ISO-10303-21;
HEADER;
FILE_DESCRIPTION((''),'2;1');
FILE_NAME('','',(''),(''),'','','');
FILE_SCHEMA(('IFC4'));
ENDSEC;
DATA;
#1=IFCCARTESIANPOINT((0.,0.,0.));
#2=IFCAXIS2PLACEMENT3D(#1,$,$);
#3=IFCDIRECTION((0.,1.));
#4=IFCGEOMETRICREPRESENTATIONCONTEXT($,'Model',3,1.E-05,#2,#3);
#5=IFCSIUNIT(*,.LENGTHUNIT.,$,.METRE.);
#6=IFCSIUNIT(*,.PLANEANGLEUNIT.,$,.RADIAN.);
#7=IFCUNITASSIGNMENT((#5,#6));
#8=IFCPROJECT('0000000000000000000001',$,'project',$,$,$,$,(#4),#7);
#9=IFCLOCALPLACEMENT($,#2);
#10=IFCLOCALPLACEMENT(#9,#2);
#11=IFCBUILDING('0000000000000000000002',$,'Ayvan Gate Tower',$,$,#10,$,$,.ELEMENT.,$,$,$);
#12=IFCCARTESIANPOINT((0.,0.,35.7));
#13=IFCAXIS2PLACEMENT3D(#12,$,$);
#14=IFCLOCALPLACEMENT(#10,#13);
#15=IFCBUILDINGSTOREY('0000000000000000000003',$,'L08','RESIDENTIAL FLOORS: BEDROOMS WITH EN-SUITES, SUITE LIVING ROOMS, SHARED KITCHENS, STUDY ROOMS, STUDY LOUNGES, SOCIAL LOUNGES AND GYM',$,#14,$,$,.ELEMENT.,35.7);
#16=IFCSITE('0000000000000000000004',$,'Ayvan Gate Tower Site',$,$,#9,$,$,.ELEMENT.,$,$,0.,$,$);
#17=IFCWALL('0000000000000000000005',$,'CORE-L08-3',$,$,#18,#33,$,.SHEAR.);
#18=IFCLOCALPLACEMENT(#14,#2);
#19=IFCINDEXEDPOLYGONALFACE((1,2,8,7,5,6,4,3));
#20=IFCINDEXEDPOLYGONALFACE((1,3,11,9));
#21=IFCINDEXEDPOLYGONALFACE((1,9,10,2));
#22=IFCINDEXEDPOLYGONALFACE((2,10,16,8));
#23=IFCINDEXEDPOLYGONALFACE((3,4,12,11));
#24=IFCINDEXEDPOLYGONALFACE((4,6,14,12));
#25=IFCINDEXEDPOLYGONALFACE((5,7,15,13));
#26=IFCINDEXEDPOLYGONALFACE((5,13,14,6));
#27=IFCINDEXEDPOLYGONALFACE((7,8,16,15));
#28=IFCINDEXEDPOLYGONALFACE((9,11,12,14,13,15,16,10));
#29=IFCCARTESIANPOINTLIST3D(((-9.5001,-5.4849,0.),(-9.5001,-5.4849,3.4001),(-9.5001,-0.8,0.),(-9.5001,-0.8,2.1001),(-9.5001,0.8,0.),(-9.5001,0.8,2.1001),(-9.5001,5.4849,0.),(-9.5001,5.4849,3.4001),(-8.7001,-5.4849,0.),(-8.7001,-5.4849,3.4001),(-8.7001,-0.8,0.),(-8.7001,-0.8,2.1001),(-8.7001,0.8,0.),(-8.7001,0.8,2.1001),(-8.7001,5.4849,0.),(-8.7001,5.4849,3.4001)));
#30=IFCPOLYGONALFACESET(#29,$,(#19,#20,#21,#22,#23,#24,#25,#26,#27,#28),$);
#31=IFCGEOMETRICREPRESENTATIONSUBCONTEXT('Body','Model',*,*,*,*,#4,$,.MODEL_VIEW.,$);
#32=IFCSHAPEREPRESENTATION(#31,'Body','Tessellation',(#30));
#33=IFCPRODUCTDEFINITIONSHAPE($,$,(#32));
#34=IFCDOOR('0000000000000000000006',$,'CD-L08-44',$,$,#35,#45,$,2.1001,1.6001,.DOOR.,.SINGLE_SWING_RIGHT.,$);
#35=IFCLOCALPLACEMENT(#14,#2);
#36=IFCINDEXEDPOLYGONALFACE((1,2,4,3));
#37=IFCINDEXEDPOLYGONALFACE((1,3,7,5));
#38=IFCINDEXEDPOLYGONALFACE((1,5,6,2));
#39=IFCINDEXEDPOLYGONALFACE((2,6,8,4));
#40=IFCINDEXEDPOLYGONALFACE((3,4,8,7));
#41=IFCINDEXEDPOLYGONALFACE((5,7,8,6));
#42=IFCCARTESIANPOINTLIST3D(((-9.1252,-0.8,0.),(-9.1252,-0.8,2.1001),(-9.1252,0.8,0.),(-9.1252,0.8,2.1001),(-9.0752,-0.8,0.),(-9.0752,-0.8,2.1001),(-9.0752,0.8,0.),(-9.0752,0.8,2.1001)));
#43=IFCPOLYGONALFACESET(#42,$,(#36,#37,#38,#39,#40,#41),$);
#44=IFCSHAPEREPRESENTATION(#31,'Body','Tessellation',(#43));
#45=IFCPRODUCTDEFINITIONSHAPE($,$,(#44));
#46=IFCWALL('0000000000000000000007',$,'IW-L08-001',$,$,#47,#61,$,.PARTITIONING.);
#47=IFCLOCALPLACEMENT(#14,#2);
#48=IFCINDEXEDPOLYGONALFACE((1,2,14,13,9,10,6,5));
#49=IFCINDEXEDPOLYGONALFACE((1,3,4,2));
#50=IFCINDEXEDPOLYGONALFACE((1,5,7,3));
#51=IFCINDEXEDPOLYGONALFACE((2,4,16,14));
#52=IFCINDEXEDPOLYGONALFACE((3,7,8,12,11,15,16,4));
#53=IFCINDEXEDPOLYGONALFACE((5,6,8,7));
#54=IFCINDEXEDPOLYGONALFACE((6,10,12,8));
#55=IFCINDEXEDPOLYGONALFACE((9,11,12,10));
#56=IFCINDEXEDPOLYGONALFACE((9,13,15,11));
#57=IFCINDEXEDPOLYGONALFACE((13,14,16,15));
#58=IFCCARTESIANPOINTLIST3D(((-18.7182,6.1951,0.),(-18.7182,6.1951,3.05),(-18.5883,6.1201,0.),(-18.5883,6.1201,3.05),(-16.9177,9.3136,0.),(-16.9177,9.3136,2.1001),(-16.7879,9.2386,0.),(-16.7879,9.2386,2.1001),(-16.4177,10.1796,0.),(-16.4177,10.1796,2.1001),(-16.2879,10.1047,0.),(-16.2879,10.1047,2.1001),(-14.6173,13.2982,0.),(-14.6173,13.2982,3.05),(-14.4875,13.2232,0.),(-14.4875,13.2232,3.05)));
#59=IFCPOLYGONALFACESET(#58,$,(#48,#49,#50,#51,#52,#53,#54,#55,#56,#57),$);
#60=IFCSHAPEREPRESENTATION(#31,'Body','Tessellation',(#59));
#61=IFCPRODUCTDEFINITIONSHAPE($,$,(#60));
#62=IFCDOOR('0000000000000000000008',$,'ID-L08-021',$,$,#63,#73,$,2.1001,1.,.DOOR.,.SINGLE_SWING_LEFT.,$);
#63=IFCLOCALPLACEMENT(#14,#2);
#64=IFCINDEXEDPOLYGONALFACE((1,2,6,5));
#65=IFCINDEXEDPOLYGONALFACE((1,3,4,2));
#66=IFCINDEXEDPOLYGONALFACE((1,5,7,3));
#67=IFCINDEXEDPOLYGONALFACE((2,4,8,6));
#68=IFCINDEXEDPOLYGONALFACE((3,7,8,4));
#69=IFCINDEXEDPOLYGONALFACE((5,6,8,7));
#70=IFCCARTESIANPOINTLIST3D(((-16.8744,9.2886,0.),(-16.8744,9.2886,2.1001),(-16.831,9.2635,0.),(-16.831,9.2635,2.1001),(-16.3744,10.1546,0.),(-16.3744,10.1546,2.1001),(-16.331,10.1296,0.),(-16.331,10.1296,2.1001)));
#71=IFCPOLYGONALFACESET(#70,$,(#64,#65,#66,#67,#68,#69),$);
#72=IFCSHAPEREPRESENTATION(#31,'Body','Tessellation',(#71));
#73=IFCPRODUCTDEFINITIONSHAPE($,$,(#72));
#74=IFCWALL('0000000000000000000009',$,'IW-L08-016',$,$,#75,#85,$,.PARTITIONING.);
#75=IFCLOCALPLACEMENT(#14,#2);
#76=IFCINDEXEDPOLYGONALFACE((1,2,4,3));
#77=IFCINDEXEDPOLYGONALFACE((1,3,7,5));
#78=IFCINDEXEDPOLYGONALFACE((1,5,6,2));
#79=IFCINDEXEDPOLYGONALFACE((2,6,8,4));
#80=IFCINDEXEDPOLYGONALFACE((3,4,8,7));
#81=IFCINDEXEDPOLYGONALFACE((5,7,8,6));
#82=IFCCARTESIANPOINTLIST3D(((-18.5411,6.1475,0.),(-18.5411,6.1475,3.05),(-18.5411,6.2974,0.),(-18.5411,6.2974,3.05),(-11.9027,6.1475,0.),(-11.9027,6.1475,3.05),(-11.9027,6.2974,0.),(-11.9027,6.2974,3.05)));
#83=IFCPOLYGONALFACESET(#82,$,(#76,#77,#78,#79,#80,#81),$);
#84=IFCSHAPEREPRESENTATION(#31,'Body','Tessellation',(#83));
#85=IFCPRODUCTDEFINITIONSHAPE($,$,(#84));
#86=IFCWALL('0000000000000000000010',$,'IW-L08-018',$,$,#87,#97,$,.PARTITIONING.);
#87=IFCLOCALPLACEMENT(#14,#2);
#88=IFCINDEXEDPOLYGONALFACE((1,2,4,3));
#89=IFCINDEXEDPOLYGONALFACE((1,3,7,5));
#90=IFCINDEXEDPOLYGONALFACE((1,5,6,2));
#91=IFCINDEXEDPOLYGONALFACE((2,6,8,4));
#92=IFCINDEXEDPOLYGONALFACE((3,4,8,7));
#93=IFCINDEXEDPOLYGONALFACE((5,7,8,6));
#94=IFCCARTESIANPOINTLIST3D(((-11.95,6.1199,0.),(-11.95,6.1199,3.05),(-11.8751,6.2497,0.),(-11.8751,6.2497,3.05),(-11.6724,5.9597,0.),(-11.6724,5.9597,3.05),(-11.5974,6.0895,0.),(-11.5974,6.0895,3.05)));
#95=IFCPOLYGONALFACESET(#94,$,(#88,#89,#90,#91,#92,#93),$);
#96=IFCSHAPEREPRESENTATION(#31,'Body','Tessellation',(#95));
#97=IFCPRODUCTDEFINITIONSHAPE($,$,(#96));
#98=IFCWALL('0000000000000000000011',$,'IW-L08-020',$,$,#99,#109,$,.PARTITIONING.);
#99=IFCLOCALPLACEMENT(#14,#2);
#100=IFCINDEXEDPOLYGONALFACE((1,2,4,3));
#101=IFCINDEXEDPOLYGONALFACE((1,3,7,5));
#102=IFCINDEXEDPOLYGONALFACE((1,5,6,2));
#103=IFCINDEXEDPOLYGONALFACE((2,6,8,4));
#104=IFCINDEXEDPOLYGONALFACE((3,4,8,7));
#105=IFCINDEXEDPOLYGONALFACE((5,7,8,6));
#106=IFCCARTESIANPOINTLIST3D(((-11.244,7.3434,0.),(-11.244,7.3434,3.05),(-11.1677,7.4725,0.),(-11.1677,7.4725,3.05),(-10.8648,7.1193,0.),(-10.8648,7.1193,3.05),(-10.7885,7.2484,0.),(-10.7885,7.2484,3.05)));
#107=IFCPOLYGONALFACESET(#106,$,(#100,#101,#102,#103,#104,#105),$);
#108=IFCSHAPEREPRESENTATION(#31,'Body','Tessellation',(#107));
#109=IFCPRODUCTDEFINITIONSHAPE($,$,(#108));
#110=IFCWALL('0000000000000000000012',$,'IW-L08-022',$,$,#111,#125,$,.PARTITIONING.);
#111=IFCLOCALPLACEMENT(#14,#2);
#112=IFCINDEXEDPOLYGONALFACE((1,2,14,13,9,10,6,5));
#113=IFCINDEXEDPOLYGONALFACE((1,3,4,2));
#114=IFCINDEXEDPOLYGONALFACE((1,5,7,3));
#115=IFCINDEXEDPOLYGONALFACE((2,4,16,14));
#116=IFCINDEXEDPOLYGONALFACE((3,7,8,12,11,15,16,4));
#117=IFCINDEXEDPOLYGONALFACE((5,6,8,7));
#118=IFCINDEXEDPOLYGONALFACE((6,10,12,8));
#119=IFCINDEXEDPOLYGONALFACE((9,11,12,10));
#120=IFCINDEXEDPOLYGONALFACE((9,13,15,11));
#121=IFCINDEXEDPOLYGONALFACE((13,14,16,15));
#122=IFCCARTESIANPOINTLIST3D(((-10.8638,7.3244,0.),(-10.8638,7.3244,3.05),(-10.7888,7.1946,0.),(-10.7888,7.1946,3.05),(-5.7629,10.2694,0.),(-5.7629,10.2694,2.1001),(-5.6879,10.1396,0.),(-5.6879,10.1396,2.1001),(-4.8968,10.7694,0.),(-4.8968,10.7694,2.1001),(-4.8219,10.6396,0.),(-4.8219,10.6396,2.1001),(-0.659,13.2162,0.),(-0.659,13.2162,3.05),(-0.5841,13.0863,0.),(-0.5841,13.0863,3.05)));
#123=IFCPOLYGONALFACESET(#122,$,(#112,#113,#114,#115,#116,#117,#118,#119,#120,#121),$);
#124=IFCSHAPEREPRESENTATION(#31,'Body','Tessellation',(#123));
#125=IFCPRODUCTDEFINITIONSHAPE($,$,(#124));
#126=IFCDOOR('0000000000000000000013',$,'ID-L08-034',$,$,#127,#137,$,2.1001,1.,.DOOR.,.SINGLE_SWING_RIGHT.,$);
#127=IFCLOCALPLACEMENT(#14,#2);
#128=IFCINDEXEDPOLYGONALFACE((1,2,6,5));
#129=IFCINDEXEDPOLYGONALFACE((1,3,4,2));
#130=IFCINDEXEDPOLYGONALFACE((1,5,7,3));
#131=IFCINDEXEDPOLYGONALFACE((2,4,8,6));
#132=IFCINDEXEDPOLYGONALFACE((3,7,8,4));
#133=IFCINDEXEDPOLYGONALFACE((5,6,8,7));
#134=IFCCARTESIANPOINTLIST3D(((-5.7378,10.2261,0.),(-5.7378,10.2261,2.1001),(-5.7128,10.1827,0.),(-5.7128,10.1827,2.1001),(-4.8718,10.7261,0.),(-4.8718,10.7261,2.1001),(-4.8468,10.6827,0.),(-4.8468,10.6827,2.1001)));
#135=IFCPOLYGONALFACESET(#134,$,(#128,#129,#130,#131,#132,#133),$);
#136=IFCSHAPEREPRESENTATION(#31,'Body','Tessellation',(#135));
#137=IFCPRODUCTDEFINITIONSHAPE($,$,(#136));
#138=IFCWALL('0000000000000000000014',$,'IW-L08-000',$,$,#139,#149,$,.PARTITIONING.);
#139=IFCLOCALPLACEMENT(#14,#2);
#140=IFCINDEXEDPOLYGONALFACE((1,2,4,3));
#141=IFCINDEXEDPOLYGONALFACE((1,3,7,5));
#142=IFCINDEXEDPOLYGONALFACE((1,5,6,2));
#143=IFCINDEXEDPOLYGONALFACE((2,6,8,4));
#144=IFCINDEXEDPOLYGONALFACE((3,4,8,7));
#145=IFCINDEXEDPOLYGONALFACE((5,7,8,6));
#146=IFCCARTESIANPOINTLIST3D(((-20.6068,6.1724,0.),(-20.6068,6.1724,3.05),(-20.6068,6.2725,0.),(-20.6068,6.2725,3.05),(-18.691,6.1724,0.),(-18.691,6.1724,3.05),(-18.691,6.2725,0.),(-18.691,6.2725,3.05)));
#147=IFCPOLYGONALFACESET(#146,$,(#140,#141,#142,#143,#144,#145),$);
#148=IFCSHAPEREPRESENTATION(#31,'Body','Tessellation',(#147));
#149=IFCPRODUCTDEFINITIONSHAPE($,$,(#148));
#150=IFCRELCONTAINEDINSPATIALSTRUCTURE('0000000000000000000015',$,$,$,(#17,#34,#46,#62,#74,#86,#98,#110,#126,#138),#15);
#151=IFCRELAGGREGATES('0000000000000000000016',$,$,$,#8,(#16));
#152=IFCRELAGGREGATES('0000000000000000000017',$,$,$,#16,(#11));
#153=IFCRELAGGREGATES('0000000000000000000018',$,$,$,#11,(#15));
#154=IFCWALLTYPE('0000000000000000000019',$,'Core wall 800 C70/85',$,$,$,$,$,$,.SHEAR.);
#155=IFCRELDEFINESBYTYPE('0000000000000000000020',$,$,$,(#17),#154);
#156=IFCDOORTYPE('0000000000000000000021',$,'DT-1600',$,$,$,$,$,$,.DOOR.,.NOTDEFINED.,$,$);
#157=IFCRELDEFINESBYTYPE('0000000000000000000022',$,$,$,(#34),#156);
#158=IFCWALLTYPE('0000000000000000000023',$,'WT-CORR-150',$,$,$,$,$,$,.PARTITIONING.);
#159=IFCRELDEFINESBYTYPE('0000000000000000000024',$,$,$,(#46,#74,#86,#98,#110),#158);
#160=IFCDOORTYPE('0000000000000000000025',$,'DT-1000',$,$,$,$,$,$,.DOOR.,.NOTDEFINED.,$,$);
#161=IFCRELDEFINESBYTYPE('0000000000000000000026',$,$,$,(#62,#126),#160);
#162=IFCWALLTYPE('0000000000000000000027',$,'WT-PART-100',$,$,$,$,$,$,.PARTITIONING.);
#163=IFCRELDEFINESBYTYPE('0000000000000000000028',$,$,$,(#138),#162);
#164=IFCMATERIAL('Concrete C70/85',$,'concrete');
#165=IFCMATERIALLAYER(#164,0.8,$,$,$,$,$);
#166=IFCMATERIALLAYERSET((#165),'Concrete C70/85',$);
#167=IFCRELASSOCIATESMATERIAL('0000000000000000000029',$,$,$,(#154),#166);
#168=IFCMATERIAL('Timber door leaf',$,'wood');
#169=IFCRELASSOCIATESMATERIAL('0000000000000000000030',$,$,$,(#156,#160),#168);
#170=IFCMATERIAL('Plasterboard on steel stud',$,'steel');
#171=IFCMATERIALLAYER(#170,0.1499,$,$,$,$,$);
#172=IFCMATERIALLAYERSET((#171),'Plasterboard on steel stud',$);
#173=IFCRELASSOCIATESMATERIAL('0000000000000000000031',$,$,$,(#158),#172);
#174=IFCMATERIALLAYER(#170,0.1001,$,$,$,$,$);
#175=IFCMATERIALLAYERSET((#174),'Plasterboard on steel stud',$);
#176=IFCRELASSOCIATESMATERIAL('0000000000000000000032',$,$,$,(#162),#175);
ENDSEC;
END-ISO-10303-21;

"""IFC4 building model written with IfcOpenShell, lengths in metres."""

from ifc_helpers import new_model, si_unit, direction, frame, frame_2d, origin, place, context, subcontext, project, spatial, rectangle, extrude, material, layer, layer_set, type_object, element, fill, save


model = new_model("IFC4")

# Units and contexts
model_context = context("Model", 3, precision=1e-05, world=origin(), true_north=direction((0.0, 1.0)))
body_context = subcontext(model_context, "Body", "Model", "MODEL_VIEW")
ifc_project = project(units=[si_unit("LENGTHUNIT", "METRE"), si_unit("PLANEANGLEUNIT", "RADIAN")], contexts=[model_context])

# Site, building, storey
site_placement = place(None, origin())
site = spatial("IfcSite", under=ifc_project, at=site_placement, Name="Ayvan Gate Tower Site", CompositionType="ELEMENT", RefElevation=0.0)
building_placement = place(site_placement, origin())
building = spatial("IfcBuilding", under=site, at=building_placement, Name="Ayvan Gate Tower", CompositionType="ELEMENT")
storey_placement = place(building_placement, frame((0.0, 0.0, 35.7)))
storey = spatial("IfcBuildingStorey", under=building, at=storey_placement, Name="L08", Description="RESIDENTIAL FLOORS: BEDROOMS WITH EN-SUITES, SUITE LIVING ROOMS, SHARED KITCHENS, STUDY ROOMS, STUDY LOUNGES, SOCIAL LOUNGES AND GYM", CompositionType="ELEMENT", Elevation=35.7)

# Walls, openings, doors
ifc_material_1 = material(Name="Concrete C70/85", Category="concrete")
ifc_layer_1 = layer(ifc_material_1, 0.8)
ifc_layer_set_1 = layer_set([ifc_layer_1], Name="Concrete C70/85")
wall_type_1 = type_object("IfcWallType", Name="Core wall 800 C70/85", PredefinedType="SHEAR", material=ifc_layer_set_1)
wall_1_placement = place(storey_placement, frame((-9.1001, 5.4849, 0.0), z_axis=(0.0, 0.0, 1.0), x_axis=(0.0, -1.0, 0.0)))
wall_1 = element("IfcWall", 1, at=wall_1_placement, inside=storey, type_object=wall_type_1, Name="CORE-L08-3", PredefinedType="SHEAR", context=body_context, shape_type="SweptSolid", body=[
    extrude(rectangle(XDim=10.9697, YDim=0.8, at=frame_2d((5.4849, 0.0))), origin(), (0.0, 0.0, 1.0), 3.4001),
])
opening_1_placement = place(wall_1_placement, frame((4.6848, 0.0, 0.0)))
opening_1 = element("IfcOpeningElement", 2, at=opening_1_placement, cuts=wall_1, PredefinedType="OPENING", context=body_context, shape_type="SweptSolid", body=[
    extrude(rectangle(XDim=1.6001, YDim=2.1001, at=frame_2d((0.8, 1.05))), frame((0.0, 0.4099, 0.0), z_axis=(0.0, -1.0, 0.0), x_axis=(1.0, 0.0, 0.0)), (0.0, 0.0, 1.0), 0.8201),
])
ifc_material_2 = material(Name="Timber door leaf", Category="wood")
door_type_1 = type_object("IfcDoorType", Name="DT-1600", OperationType="NOTDEFINED", PredefinedType="DOOR", material=ifc_material_2)
door_1_placement = place(opening_1_placement, origin())
door_1 = element("IfcDoor", 3, at=door_1_placement, inside=storey, type_object=door_type_1, Name="CD-L08-44", OperationType="SINGLE_SWING_RIGHT", OverallHeight=2.1001, OverallWidth=1.6001, PredefinedType="DOOR", context=body_context, shape_type="SweptSolid", body=[
    extrude(rectangle(XDim=1.6001, YDim=2.1001, at=frame_2d((0.8, 1.05))), frame((0.0, 0.0249, 0.0), z_axis=(0.0, -1.0, 0.0), x_axis=(1.0, 0.0, 0.0)), (0.0, 0.0, 1.0), 0.05),
])
fill(opening_1, door_1)
ifc_material_3 = material(Name="Plasterboard on steel stud", Category="steel")
ifc_layer_2 = layer(ifc_material_3, 0.1499)
ifc_layer_set_2 = layer_set([ifc_layer_2], Name="Plasterboard on steel stud")
wall_type_2 = type_object("IfcWallType", Name="WT-CORR-150", PredefinedType="PARTITIONING", material=ifc_layer_set_2)
wall_2_placement = place(storey_placement, frame((-18.6533, 6.1575, 0.0), z_axis=(0.0, 0.0, 1.0), x_axis=(0.49999, 0.866031, 0.0)))
wall_2 = element("IfcWall", 4, at=wall_2_placement, inside=storey, type_object=wall_type_2, Name="IW-L08-001", PredefinedType="PARTITIONING", context=body_context, shape_type="SweptSolid", body=[
    extrude(rectangle(XDim=8.2019, YDim=0.1499, at=frame_2d((4.1011, 0.0))), origin(), (0.0, 0.0, 1.0), 3.05),
])
opening_2_placement = place(wall_2_placement, frame((3.6011, 0.0, 0.0)))
opening_2 = element("IfcOpeningElement", 5, at=opening_2_placement, cuts=wall_2, PredefinedType="OPENING", context=body_context, shape_type="SweptSolid", body=[
    extrude(rectangle(XDim=1.0, YDim=2.1001, at=frame_2d((0.5, 1.05))), frame((0.0, 0.085, 0.0), z_axis=(0.0, -1.0, 0.0), x_axis=(1.0, 0.0, 0.0)), (0.0, 0.0, 1.0), 0.1699),
])
door_type_2 = type_object("IfcDoorType", Name="DT-1000", OperationType="NOTDEFINED", PredefinedType="DOOR", material=ifc_material_2)
door_2_placement = place(opening_2_placement, origin())
door_2 = element("IfcDoor", 6, at=door_2_placement, inside=storey, type_object=door_type_2, Name="ID-L08-021", OperationType="SINGLE_SWING_LEFT", OverallHeight=2.1001, OverallWidth=1.0, PredefinedType="DOOR", context=body_context, shape_type="SweptSolid", body=[
    extrude(rectangle(XDim=1.0, YDim=2.1001, at=frame_2d((0.5, 1.05))), frame((0.0, 0.0249, 0.0), z_axis=(0.0, -1.0, 0.0), x_axis=(1.0, 0.0, 0.0)), (0.0, 0.0, 1.0), 0.05),
])
fill(opening_2, door_2)

# Walls
wall_3_placement = place(storey_placement, frame((-11.9026, 6.2224, 0.0), z_axis=(0.0, 0.0, 1.0), x_axis=(-1.0, 0.0, 0.0)))
element("IfcWall", 7, at=wall_3_placement, inside=storey, type_object=wall_type_2, Name="IW-L08-016", PredefinedType="PARTITIONING", context=body_context, shape_type="SweptSolid", body=[
    extrude(rectangle(XDim=6.6384, YDim=0.1499, at=frame_2d((3.3193, 0.0))), origin(), (0.0, 0.0, 1.0), 3.05),
])
wall_4_placement = place(storey_placement, frame((-11.635, 6.0247, 0.0), z_axis=(0.0, 0.0, 1.0), x_axis=(-0.866173, 0.499744, 0.0)))
element("IfcWall", 8, at=wall_4_placement, inside=storey, type_object=wall_type_2, Name="IW-L08-018", PredefinedType="PARTITIONING", context=body_context, shape_type="SweptSolid", body=[
    extrude(rectangle(XDim=0.3206, YDim=0.1499, at=frame_2d((0.1602, 0.0))), origin(), (0.0, 0.0, 1.0), 3.05),
])
wall_5_placement = place(storey_placement, frame((-11.2058, 7.408, 0.0), z_axis=(0.0, 0.0, 1.0), x_axis=(0.860849, -0.50886, 0.0)))
element("IfcWall", 9, at=wall_5_placement, inside=storey, type_object=wall_type_2, Name="IW-L08-020", PredefinedType="PARTITIONING", context=body_context, shape_type="SweptSolid", body=[
    extrude(rectangle(XDim=0.4404, YDim=0.1499, at=frame_2d((0.2202, 0.0))), origin(), (0.0, 0.0, 1.0), 3.05),
])

# Wall, opening, door
wall_6_placement = place(storey_placement, frame((-10.8262, 7.2595, 0.0), z_axis=(0.0, 0.0, 1.0), x_axis=(0.866022, 0.500005, 0.0)))
wall_6 = element("IfcWall", 10, at=wall_6_placement, inside=storey, type_object=wall_type_2, Name="IW-L08-022", PredefinedType="PARTITIONING", context=body_context, shape_type="SweptSolid", body=[
    extrude(rectangle(XDim=11.7834, YDim=0.1499, at=frame_2d((5.8916, 0.0))), origin(), (0.0, 0.0, 1.0), 3.05),
])
opening_3_placement = place(wall_6_placement, frame((5.8899, 0.0, 0.0)))
opening_3 = element("IfcOpeningElement", 11, at=opening_3_placement, cuts=wall_6, PredefinedType="OPENING", context=body_context, shape_type="SweptSolid", body=[
    extrude(rectangle(XDim=1.0, YDim=2.1001, at=frame_2d((0.5, 1.05))), frame((0.0, 0.085, 0.0), z_axis=(0.0, -1.0, 0.0), x_axis=(1.0, 0.0, 0.0)), (0.0, 0.0, 1.0), 0.1699),
])
door_3_placement = place(opening_3_placement, origin())
door_3 = element("IfcDoor", 12, at=door_3_placement, inside=storey, type_object=door_type_2, Name="ID-L08-034", OperationType="SINGLE_SWING_RIGHT", OverallHeight=2.1001, OverallWidth=1.0, PredefinedType="DOOR", context=body_context, shape_type="SweptSolid", body=[
    extrude(rectangle(XDim=1.0, YDim=2.1001, at=frame_2d((0.5, 1.05))), frame((0.0, 0.0249, 0.0), z_axis=(0.0, -1.0, 0.0), x_axis=(1.0, 0.0, 0.0)), (0.0, 0.0, 1.0), 0.05),
])
fill(opening_3, door_3)

# Wall
ifc_layer_3 = layer(ifc_material_3, 0.1001)
ifc_layer_set_3 = layer_set([ifc_layer_3], Name="Plasterboard on steel stud")
wall_type_3 = type_object("IfcWallType", Name="WT-PART-100", PredefinedType="PARTITIONING", material=ifc_layer_set_3)
wall_7_placement = place(storey_placement, frame((-18.6909, 6.2224, 0.0), z_axis=(0.0, 0.0, 1.0), x_axis=(-1.0, 0.0, 0.0)))
element("IfcWall", 13, at=wall_7_placement, inside=storey, type_object=wall_type_3, Name="IW-L08-000", PredefinedType="PARTITIONING", context=body_context, shape_type="SweptSolid", body=[
    extrude(rectangle(XDim=1.9158, YDim=0.1001, at=frame_2d((0.958, 0.0))), origin(), (0.0, 0.0, 1.0), 3.05),
])

save(model, "model.ifc")
